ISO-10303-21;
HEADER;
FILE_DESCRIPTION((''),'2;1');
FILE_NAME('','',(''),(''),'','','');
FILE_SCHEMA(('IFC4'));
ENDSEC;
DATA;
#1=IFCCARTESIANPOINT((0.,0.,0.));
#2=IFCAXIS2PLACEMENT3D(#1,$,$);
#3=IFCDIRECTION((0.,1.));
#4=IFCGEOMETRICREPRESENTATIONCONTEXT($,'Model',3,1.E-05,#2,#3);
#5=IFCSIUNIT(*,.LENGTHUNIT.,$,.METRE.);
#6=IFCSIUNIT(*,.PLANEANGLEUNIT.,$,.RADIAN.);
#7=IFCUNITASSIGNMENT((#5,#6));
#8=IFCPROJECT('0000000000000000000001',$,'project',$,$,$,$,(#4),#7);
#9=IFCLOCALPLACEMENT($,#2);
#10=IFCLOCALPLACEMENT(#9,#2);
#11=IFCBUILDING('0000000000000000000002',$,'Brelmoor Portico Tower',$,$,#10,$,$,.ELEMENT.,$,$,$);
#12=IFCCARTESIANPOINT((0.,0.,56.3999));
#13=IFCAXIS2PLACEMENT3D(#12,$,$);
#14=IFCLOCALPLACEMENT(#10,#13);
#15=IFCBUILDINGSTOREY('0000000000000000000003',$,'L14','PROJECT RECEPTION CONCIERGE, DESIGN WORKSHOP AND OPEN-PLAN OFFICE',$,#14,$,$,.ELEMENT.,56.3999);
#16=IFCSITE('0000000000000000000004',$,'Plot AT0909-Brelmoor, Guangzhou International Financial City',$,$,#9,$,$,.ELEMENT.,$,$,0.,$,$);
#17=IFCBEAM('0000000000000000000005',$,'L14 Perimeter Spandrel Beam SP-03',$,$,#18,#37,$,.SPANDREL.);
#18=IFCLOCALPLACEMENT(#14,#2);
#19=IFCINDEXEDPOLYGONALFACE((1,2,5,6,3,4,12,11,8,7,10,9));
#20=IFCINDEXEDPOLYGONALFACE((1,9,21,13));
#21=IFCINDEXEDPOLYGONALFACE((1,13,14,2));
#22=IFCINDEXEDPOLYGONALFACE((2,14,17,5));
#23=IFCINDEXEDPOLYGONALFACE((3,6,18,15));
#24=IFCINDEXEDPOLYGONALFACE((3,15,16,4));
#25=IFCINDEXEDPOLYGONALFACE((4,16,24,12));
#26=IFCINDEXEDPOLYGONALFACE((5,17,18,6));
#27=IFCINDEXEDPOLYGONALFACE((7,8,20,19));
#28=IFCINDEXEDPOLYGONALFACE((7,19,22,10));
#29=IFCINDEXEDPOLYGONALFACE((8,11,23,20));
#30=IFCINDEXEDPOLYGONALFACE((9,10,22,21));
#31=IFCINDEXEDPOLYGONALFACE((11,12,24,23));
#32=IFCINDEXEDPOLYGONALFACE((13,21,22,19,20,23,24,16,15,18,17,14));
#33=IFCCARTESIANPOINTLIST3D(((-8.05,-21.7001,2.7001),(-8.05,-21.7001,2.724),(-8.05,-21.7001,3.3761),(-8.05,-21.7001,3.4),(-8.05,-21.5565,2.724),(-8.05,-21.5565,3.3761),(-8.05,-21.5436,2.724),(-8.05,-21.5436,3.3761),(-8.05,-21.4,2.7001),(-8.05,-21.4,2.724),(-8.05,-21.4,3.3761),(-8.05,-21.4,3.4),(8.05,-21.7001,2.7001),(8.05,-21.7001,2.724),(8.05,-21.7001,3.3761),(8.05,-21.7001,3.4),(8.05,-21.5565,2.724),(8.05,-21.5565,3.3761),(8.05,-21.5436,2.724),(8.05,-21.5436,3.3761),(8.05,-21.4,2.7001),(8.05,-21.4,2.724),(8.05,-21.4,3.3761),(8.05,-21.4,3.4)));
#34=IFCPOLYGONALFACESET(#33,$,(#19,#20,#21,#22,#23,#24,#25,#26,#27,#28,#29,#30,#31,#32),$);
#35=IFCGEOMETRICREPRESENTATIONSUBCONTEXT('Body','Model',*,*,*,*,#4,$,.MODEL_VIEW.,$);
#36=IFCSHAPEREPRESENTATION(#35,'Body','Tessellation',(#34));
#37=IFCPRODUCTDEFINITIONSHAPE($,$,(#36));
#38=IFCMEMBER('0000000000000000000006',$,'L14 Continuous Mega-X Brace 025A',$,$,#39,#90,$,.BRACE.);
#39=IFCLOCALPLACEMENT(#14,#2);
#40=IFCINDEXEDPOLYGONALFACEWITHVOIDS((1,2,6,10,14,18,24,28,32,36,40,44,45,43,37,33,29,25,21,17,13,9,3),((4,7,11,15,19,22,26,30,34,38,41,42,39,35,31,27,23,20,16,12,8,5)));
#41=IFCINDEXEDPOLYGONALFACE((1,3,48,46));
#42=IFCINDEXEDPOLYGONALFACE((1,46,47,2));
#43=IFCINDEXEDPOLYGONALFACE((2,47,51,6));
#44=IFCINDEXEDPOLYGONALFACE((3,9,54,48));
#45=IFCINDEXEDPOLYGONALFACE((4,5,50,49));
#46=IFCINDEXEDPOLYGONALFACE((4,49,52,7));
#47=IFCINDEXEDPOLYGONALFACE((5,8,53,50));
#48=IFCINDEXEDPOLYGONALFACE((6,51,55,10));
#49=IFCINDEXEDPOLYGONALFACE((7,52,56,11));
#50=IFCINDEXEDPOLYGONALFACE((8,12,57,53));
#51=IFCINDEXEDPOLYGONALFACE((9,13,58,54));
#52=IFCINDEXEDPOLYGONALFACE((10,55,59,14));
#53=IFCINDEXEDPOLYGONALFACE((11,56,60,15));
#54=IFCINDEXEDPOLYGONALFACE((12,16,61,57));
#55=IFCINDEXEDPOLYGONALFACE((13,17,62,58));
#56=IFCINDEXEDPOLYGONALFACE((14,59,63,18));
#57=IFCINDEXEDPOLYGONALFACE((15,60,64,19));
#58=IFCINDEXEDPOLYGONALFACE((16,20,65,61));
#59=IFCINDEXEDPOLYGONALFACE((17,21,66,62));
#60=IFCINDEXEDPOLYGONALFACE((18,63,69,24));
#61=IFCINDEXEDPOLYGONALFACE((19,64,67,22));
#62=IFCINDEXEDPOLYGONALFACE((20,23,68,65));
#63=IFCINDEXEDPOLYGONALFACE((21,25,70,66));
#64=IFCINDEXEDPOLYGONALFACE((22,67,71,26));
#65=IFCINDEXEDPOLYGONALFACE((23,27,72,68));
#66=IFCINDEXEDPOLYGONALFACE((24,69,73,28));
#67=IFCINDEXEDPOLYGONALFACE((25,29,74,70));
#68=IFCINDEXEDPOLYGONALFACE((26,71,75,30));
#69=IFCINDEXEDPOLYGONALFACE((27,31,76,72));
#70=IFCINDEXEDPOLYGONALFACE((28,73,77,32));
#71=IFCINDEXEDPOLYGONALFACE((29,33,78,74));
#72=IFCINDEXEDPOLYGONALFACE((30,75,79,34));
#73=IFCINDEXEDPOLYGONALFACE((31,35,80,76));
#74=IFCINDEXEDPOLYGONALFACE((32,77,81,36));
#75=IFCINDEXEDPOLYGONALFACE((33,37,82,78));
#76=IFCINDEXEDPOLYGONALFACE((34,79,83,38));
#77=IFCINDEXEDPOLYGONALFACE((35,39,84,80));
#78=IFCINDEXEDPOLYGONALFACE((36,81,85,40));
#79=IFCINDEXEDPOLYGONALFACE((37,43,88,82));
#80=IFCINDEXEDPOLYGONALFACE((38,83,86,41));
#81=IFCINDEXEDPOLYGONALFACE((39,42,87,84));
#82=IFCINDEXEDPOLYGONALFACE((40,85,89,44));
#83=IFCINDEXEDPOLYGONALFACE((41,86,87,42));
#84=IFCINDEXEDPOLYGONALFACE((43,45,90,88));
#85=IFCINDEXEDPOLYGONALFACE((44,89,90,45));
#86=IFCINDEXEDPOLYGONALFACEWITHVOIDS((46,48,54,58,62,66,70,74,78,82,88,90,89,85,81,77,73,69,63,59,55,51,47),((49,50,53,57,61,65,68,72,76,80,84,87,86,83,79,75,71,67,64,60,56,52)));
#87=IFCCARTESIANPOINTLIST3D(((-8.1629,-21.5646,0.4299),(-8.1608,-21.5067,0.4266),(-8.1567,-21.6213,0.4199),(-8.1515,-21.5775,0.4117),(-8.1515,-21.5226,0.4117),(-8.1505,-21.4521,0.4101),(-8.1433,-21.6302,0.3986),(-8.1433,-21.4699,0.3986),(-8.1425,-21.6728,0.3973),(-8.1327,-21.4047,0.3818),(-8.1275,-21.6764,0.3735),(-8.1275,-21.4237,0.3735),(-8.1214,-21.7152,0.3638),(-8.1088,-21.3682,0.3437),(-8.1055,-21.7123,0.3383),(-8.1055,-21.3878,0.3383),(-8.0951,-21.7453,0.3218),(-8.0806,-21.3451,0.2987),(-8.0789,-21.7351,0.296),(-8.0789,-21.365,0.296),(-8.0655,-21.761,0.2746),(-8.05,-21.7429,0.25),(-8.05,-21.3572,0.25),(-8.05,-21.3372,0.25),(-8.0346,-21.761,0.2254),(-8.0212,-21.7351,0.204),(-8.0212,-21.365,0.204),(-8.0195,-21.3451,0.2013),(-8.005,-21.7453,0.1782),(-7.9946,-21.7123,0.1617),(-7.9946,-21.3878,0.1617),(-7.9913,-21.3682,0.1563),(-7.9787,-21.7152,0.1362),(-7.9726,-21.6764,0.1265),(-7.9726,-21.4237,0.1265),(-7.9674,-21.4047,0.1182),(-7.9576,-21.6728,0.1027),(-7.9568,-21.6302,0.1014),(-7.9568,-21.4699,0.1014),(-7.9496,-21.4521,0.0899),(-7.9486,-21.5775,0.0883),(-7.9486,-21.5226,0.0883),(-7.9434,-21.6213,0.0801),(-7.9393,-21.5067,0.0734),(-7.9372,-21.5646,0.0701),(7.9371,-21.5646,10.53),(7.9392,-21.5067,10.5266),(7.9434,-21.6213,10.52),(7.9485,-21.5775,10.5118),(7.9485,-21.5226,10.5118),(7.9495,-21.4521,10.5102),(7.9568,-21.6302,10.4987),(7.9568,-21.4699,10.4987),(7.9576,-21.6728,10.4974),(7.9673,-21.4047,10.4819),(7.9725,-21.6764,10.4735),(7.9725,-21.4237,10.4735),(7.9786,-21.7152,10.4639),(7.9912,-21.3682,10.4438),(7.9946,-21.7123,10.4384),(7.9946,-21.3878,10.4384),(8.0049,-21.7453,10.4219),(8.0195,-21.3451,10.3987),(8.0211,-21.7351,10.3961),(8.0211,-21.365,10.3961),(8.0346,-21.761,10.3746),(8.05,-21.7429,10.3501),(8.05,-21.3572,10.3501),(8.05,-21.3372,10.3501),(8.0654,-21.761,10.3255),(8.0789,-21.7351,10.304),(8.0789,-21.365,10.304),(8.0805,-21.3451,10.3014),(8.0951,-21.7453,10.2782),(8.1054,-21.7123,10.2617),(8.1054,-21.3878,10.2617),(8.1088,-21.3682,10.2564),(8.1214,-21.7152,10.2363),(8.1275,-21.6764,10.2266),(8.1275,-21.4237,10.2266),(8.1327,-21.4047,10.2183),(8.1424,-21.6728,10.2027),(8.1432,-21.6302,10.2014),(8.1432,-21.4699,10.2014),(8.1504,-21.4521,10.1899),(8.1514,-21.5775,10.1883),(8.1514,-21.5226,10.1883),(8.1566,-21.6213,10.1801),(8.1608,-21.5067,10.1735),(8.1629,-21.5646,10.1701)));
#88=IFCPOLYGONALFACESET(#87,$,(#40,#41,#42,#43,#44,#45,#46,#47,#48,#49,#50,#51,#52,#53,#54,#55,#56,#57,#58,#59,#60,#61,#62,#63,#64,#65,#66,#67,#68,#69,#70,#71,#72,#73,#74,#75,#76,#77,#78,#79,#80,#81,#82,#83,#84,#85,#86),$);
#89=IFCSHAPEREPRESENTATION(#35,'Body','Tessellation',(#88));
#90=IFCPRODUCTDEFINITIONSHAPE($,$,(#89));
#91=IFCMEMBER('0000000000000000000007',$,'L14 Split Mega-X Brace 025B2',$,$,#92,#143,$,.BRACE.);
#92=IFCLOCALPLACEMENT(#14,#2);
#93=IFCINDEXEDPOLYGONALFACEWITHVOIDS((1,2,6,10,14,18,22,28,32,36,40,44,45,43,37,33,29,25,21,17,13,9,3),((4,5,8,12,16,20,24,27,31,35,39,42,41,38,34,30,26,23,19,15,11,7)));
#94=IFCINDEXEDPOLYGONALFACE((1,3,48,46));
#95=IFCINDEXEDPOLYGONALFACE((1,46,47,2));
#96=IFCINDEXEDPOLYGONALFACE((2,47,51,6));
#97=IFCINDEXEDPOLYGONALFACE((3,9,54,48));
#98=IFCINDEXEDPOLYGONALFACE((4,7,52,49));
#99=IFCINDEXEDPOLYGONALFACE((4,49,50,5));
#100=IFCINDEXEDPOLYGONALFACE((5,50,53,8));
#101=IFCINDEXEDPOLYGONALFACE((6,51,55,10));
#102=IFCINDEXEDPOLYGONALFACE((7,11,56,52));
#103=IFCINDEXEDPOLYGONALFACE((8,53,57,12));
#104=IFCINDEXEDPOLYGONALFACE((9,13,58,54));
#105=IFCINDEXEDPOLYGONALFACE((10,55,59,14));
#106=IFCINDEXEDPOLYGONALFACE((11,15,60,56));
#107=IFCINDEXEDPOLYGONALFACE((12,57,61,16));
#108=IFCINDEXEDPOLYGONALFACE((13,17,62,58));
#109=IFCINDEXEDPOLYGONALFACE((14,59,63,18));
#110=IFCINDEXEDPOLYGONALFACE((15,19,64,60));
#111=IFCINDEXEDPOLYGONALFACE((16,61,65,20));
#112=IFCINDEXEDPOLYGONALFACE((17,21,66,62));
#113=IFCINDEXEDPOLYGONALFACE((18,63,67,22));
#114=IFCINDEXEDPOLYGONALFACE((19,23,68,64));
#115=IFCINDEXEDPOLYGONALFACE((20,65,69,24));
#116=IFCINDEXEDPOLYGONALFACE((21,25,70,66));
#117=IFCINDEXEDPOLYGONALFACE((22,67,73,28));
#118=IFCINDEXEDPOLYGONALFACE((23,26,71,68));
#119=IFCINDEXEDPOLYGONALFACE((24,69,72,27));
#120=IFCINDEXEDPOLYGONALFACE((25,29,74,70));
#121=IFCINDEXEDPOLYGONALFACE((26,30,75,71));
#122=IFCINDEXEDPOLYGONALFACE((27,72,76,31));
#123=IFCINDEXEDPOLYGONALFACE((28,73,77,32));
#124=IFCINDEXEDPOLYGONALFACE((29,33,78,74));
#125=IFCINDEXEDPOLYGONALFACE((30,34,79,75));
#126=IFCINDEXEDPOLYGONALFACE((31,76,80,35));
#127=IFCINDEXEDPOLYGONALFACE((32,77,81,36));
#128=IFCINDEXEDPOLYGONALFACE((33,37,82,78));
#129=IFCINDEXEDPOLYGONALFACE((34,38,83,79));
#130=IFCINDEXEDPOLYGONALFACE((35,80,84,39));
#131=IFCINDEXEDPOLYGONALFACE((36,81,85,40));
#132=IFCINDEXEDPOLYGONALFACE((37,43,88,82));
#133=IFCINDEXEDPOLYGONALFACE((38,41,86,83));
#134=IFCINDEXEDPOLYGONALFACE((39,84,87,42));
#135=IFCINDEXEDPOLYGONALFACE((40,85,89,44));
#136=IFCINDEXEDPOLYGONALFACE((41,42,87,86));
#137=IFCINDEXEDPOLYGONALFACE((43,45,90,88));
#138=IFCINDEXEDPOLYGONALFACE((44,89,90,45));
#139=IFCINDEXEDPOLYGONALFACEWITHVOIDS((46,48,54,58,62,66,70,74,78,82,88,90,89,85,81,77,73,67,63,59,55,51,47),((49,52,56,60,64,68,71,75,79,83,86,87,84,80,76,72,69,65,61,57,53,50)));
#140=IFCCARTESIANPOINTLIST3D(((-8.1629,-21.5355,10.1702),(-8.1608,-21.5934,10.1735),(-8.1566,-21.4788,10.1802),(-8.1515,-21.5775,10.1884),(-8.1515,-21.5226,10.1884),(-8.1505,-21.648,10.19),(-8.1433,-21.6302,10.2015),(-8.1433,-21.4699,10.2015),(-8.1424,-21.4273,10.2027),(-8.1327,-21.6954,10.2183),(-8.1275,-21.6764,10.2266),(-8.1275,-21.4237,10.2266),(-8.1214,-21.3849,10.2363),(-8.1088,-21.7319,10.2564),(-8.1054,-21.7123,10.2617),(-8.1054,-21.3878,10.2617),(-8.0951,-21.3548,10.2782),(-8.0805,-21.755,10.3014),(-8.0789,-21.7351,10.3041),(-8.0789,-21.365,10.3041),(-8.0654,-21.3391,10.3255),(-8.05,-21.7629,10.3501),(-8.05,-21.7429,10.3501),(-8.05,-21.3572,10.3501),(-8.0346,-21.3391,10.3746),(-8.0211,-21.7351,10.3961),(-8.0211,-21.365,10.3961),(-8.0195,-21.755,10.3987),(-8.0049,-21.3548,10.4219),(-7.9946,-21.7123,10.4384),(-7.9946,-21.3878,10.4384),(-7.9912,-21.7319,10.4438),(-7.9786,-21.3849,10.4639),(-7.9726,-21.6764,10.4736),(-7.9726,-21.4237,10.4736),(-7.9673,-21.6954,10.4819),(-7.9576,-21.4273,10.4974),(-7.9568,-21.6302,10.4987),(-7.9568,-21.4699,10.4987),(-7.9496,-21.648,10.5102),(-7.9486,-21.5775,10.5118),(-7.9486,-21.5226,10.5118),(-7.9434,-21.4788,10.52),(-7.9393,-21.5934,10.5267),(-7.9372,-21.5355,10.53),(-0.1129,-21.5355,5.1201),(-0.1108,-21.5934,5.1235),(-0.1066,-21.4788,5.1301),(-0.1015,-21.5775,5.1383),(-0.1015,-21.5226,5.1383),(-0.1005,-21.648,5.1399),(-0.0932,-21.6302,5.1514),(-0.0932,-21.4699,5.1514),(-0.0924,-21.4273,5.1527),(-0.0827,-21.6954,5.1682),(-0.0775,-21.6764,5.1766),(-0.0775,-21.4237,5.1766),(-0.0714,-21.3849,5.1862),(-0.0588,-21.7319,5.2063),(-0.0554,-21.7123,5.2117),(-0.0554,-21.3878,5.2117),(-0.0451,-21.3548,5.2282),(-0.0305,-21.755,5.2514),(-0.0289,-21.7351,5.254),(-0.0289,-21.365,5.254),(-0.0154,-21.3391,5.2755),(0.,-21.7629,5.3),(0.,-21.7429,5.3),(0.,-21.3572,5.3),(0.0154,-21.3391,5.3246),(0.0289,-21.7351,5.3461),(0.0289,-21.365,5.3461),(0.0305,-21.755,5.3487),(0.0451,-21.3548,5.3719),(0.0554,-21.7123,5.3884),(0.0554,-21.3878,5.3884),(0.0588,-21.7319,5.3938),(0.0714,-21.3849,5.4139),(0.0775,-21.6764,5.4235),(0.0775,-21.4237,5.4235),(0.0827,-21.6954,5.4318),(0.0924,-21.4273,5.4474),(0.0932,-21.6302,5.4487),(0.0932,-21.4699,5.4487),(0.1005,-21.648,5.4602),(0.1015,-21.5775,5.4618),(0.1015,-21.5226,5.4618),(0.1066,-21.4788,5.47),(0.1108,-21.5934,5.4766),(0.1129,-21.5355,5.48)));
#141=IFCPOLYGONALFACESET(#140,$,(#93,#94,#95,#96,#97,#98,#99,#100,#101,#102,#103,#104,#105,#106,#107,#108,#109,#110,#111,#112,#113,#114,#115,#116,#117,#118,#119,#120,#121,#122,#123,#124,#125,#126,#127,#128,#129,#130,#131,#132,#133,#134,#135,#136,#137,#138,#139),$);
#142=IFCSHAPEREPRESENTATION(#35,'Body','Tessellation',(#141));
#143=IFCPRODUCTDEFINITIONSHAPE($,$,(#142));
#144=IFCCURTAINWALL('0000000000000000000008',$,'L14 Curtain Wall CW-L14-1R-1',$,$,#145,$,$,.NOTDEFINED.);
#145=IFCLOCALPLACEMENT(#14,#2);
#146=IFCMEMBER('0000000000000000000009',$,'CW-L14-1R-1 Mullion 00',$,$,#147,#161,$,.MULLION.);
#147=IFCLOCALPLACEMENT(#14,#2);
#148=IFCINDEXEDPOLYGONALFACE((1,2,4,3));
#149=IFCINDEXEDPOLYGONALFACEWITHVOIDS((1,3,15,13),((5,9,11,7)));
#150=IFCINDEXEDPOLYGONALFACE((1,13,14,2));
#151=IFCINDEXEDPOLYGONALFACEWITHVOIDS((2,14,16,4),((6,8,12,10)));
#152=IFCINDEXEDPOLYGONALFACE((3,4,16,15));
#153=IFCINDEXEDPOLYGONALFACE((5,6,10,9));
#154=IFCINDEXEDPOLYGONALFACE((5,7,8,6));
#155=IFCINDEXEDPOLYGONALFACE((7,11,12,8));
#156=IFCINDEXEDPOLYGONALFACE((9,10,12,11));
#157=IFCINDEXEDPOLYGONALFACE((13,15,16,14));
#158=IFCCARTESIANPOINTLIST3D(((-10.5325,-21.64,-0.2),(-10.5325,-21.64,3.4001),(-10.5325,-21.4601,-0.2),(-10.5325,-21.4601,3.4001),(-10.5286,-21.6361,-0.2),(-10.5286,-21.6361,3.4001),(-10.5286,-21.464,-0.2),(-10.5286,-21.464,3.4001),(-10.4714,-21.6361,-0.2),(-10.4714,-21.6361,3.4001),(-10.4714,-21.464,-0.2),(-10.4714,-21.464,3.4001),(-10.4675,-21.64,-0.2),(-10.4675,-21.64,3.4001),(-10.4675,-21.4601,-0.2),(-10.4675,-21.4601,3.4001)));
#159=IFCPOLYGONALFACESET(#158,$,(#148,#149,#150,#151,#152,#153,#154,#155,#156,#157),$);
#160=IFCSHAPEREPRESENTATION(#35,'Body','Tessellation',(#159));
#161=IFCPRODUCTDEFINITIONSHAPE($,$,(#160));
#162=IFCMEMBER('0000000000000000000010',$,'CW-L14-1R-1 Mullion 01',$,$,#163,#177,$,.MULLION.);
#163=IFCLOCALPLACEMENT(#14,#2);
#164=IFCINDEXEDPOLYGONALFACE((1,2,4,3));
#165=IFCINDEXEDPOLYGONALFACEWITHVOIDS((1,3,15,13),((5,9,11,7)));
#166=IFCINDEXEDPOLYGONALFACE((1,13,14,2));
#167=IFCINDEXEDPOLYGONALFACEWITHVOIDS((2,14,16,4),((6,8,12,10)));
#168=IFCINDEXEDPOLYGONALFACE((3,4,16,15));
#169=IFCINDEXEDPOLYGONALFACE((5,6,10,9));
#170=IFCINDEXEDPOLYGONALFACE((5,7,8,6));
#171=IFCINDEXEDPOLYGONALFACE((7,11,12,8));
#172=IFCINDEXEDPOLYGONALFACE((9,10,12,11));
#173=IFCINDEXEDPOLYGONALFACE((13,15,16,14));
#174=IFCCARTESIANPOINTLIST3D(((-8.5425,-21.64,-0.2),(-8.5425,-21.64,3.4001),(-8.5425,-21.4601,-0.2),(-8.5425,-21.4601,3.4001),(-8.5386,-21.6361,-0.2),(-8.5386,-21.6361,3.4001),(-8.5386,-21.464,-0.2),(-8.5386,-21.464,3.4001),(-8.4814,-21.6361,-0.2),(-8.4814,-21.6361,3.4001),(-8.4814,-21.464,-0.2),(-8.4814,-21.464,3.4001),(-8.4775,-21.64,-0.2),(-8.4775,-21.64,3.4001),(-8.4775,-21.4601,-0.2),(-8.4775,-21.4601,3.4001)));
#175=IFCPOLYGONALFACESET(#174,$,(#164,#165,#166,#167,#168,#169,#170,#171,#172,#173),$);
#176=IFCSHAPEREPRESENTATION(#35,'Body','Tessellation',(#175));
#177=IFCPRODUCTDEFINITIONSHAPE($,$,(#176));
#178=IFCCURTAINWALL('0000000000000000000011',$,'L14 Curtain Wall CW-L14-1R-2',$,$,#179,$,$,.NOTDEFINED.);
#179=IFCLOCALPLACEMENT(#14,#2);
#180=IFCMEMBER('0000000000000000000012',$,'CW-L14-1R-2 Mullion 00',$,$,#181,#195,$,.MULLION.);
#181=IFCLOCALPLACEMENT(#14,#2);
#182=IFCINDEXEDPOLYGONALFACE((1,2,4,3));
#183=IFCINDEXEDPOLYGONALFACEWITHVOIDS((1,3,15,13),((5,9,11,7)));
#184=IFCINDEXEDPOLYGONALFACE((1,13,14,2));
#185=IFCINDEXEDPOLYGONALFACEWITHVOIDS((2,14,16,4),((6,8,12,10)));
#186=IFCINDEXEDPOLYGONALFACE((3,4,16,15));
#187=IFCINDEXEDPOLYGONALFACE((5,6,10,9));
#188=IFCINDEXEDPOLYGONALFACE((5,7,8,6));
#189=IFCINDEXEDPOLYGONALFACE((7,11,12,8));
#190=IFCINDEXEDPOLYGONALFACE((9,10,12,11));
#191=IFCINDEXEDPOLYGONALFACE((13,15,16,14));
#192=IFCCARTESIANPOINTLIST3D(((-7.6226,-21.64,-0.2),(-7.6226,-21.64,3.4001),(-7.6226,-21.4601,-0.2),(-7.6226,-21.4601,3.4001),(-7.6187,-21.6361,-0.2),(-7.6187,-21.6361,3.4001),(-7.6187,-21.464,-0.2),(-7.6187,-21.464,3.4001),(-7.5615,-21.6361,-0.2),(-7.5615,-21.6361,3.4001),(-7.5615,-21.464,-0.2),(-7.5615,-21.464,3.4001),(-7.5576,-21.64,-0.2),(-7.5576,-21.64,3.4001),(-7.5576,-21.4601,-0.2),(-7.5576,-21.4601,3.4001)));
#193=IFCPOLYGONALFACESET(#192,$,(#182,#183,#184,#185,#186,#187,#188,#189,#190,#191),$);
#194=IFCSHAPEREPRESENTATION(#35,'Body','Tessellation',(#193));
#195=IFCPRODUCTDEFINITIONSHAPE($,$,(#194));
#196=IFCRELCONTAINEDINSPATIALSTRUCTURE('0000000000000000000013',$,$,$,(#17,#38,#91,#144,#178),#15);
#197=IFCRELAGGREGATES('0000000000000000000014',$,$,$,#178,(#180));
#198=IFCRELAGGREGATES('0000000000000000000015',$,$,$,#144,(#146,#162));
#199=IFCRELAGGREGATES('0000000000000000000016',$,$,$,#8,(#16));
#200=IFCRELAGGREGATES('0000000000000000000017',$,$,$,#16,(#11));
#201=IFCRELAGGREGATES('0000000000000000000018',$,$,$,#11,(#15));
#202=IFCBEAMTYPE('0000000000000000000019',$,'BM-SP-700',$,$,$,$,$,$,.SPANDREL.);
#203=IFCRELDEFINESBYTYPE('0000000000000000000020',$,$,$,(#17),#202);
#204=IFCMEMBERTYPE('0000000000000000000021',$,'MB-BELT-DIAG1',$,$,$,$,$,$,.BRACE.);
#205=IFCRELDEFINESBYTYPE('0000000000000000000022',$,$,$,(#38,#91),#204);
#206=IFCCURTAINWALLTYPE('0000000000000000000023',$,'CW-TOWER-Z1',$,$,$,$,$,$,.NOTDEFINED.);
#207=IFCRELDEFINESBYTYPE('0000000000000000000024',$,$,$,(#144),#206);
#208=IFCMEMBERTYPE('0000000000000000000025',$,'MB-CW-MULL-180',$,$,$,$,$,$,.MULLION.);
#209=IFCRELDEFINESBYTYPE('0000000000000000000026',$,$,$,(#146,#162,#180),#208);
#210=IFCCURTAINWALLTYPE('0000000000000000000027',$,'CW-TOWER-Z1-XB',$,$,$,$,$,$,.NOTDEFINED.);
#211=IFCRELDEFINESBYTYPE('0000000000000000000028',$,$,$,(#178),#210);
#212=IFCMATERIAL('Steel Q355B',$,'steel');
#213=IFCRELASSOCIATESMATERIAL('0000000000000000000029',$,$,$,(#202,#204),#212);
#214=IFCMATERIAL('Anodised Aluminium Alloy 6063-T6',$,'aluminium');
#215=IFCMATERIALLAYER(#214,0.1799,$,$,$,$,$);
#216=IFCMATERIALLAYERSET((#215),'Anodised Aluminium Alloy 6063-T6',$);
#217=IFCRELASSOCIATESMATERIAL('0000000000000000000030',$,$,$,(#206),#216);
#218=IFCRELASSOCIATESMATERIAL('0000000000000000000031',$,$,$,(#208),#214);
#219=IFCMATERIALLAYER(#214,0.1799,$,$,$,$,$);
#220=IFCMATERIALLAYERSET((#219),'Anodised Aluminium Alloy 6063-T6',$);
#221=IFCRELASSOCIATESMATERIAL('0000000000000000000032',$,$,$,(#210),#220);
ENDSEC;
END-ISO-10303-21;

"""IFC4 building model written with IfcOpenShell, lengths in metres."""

from ifc_helpers import new_model, si_unit, direction, frame, origin, origin_2d, place, context, subcontext, project, spatial, hollow_rectangle, hollow_circle, i_section, extrude, material, layer, layer_set, material_profile, profile_set, type_object, element, aggregate, save


model = new_model("IFC4")

# Units and contexts
model_context = context("Model", 3, precision=1e-05, world=origin(), true_north=direction((0.0, 1.0)))
body_context = subcontext(model_context, "Body", "Model", "MODEL_VIEW")
ifc_project = project(units=[si_unit("LENGTHUNIT", "METRE"), si_unit("PLANEANGLEUNIT", "RADIAN")], contexts=[model_context])

# Site, building, storey
site_placement = place(None, origin())
site = spatial("IfcSite", under=ifc_project, at=site_placement, Name="Plot AT0909-Brelmoor, Guangzhou International Financial City", CompositionType="ELEMENT", RefElevation=0.0)
building_placement = place(site_placement, origin())
building = spatial("IfcBuilding", under=site, at=building_placement, Name="Brelmoor Portico Tower", CompositionType="ELEMENT")
storey_placement = place(building_placement, frame((0.0, 0.0, 56.3999)))
storey = spatial("IfcBuildingStorey", under=building, at=storey_placement, Name="L14", Description="PROJECT RECEPTION CONCIERGE, DESIGN WORKSHOP AND OPEN-PLAN OFFICE", CompositionType="ELEMENT", Elevation=56.3999)

# Shared definitions
ifc_material_1 = material(Name="Steel Q355B", Category="steel")

# Beam
ifc_material_profile_1 = material_profile(ifc_material_1, i_section(OverallWidth=0.3, OverallDepth=0.7, WebThickness=0.0129, FlangeThickness=0.0239, at=origin_2d()), Name="HN 700x300x13x24")
ifc_profile_set_1 = profile_set([ifc_material_profile_1], Name="Steel Q355B")
beam_type_1 = type_object("IfcBeamType", Name="BM-SP-700", PredefinedType="SPANDREL", material=ifc_profile_set_1)
beam_1_placement = place(storey_placement, frame((-8.05, -21.55, 3.05), z_axis=(1.0, 0.0, 0.0), x_axis=(0.0, 1.0, 0.0)))
element("IfcBeam", 1, at=beam_1_placement, inside=storey, type_object=beam_type_1, Name="L14 Perimeter Spandrel Beam SP-03", PredefinedType="SPANDREL", context=body_context, shape_type="SweptSolid", body=[
    extrude(i_section(OverallWidth=0.3, OverallDepth=0.7, WebThickness=0.0129, FlangeThickness=0.0239, at=origin_2d()), origin(), (0.0, 0.0, 1.0), 16.1001),
])

# Members
ifc_material_profile_2 = material_profile(ifc_material_1, hollow_circle(Radius=0.2129, WallThickness=0.02, at=origin_2d()), Name="CHS 426x20")
ifc_profile_set_2 = profile_set([ifc_material_profile_2], Name="Steel Q355B")
member_type_1 = type_object("IfcMemberType", Name="MB-BELT-DIAG1", PredefinedType="BRACE", material=ifc_profile_set_2)
member_1_placement = place(storey_placement, frame((-8.05, -21.55, 0.25), z_axis=(0.847109, 0.0, 0.531418), x_axis=(0.0, 1.0, 0.0)))
element("IfcMember", 2, at=member_1_placement, inside=storey, type_object=member_type_1, Name="L14 Continuous Mega-X Brace 025A", PredefinedType="BRACE", context=body_context, shape_type="SweptSolid", body=[
    extrude(hollow_circle(Radius=0.2129, WallThickness=0.02, at=origin_2d()), origin(), (0.0, 0.0, 1.0), 19.0059),
])
member_2_placement = place(storey_placement, frame((0.0, -21.55, 5.3), z_axis=(-0.847109, 0.0, 0.531418), x_axis=(0.0, -1.0, 0.0)))
element("IfcMember", 3, at=member_2_placement, inside=storey, type_object=member_type_1, Name="L14 Split Mega-X Brace 025B2", PredefinedType="BRACE", context=body_context, shape_type="SweptSolid", body=[
    extrude(hollow_circle(Radius=0.2129, WallThickness=0.02, at=origin_2d()), origin(), (0.0, 0.0, 1.0), 9.5029),
])

# Curtain wall, members
ifc_material_2 = material(Name="Anodised Aluminium Alloy 6063-T6", Category="aluminium")
ifc_layer_1 = layer(ifc_material_2, 0.1799)
ifc_layer_set_1 = layer_set([ifc_layer_1], Name="Anodised Aluminium Alloy 6063-T6")
curtain_wall_type_1 = type_object("IfcCurtainWallType", Name="CW-TOWER-Z1", PredefinedType="NOTDEFINED", material=ifc_layer_set_1)
curtain_wall_1_placement = place(storey_placement, origin())
curtain_wall_1 = element("IfcCurtainWall", 4, at=curtain_wall_1_placement, inside=storey, type_object=curtain_wall_type_1, Name="L14 Curtain Wall CW-L14-1R-1", PredefinedType="NOTDEFINED")
ifc_material_profile_3 = material_profile(ifc_material_2, hollow_rectangle(XDim=0.0649, YDim=0.1799, WallThickness=0.0039, at=origin_2d()), Name="ALU MULLION 65x180")
ifc_profile_set_3 = profile_set([ifc_material_profile_3], Name="Anodised Aluminium Alloy 6063-T6")
member_type_2 = type_object("IfcMemberType", Name="MB-CW-MULL-180", PredefinedType="MULLION", material=ifc_profile_set_3)
member_3_placement = place(storey_placement, frame((-10.5, -21.55, -0.2), z_axis=(0.0, 0.0, 1.0), x_axis=(1.0, 0.0, 0.0)))
member_3 = element("IfcMember", 5, at=member_3_placement, type_object=member_type_2, Name="CW-L14-1R-1 Mullion 00", PredefinedType="MULLION", context=body_context, shape_type="SweptSolid", body=[
    extrude(hollow_rectangle(XDim=0.0649, YDim=0.1799, WallThickness=0.0039, at=origin_2d()), origin(), (0.0, 0.0, 1.0), 3.6001),
])
member_4_placement = place(storey_placement, frame((-8.51, -21.55, -0.2), z_axis=(0.0, 0.0, 1.0), x_axis=(1.0, 0.0, 0.0)))
member_4 = element("IfcMember", 6, at=member_4_placement, type_object=member_type_2, Name="CW-L14-1R-1 Mullion 01", PredefinedType="MULLION", context=body_context, shape_type="SweptSolid", body=[
    extrude(hollow_rectangle(XDim=0.0649, YDim=0.1799, WallThickness=0.0039, at=origin_2d()), origin(), (0.0, 0.0, 1.0), 3.6001),
])

# Curtain wall, member
ifc_layer_2 = layer(ifc_material_2, 0.1799)
ifc_layer_set_2 = layer_set([ifc_layer_2], Name="Anodised Aluminium Alloy 6063-T6")
curtain_wall_type_2 = type_object("IfcCurtainWallType", Name="CW-TOWER-Z1-XB", PredefinedType="NOTDEFINED", material=ifc_layer_set_2)
curtain_wall_2_placement = place(storey_placement, origin())
curtain_wall_2 = element("IfcCurtainWall", 7, at=curtain_wall_2_placement, inside=storey, type_object=curtain_wall_type_2, Name="L14 Curtain Wall CW-L14-1R-2", PredefinedType="NOTDEFINED")
member_5_placement = place(storey_placement, frame((-7.5901, -21.55, -0.2), z_axis=(0.0, 0.0, 1.0), x_axis=(1.0, 0.0, 0.0)))
member_5 = element("IfcMember", 8, at=member_5_placement, type_object=member_type_2, Name="CW-L14-1R-2 Mullion 00", PredefinedType="MULLION", context=body_context, shape_type="SweptSolid", body=[
    extrude(hollow_rectangle(XDim=0.0649, YDim=0.1799, WallThickness=0.0039, at=origin_2d()), origin(), (0.0, 0.0, 1.0), 3.6001),
])

aggregate(curtain_wall_2, [member_5])

aggregate(curtain_wall_1, [member_3, member_4])

save(model, "model.ifc")
